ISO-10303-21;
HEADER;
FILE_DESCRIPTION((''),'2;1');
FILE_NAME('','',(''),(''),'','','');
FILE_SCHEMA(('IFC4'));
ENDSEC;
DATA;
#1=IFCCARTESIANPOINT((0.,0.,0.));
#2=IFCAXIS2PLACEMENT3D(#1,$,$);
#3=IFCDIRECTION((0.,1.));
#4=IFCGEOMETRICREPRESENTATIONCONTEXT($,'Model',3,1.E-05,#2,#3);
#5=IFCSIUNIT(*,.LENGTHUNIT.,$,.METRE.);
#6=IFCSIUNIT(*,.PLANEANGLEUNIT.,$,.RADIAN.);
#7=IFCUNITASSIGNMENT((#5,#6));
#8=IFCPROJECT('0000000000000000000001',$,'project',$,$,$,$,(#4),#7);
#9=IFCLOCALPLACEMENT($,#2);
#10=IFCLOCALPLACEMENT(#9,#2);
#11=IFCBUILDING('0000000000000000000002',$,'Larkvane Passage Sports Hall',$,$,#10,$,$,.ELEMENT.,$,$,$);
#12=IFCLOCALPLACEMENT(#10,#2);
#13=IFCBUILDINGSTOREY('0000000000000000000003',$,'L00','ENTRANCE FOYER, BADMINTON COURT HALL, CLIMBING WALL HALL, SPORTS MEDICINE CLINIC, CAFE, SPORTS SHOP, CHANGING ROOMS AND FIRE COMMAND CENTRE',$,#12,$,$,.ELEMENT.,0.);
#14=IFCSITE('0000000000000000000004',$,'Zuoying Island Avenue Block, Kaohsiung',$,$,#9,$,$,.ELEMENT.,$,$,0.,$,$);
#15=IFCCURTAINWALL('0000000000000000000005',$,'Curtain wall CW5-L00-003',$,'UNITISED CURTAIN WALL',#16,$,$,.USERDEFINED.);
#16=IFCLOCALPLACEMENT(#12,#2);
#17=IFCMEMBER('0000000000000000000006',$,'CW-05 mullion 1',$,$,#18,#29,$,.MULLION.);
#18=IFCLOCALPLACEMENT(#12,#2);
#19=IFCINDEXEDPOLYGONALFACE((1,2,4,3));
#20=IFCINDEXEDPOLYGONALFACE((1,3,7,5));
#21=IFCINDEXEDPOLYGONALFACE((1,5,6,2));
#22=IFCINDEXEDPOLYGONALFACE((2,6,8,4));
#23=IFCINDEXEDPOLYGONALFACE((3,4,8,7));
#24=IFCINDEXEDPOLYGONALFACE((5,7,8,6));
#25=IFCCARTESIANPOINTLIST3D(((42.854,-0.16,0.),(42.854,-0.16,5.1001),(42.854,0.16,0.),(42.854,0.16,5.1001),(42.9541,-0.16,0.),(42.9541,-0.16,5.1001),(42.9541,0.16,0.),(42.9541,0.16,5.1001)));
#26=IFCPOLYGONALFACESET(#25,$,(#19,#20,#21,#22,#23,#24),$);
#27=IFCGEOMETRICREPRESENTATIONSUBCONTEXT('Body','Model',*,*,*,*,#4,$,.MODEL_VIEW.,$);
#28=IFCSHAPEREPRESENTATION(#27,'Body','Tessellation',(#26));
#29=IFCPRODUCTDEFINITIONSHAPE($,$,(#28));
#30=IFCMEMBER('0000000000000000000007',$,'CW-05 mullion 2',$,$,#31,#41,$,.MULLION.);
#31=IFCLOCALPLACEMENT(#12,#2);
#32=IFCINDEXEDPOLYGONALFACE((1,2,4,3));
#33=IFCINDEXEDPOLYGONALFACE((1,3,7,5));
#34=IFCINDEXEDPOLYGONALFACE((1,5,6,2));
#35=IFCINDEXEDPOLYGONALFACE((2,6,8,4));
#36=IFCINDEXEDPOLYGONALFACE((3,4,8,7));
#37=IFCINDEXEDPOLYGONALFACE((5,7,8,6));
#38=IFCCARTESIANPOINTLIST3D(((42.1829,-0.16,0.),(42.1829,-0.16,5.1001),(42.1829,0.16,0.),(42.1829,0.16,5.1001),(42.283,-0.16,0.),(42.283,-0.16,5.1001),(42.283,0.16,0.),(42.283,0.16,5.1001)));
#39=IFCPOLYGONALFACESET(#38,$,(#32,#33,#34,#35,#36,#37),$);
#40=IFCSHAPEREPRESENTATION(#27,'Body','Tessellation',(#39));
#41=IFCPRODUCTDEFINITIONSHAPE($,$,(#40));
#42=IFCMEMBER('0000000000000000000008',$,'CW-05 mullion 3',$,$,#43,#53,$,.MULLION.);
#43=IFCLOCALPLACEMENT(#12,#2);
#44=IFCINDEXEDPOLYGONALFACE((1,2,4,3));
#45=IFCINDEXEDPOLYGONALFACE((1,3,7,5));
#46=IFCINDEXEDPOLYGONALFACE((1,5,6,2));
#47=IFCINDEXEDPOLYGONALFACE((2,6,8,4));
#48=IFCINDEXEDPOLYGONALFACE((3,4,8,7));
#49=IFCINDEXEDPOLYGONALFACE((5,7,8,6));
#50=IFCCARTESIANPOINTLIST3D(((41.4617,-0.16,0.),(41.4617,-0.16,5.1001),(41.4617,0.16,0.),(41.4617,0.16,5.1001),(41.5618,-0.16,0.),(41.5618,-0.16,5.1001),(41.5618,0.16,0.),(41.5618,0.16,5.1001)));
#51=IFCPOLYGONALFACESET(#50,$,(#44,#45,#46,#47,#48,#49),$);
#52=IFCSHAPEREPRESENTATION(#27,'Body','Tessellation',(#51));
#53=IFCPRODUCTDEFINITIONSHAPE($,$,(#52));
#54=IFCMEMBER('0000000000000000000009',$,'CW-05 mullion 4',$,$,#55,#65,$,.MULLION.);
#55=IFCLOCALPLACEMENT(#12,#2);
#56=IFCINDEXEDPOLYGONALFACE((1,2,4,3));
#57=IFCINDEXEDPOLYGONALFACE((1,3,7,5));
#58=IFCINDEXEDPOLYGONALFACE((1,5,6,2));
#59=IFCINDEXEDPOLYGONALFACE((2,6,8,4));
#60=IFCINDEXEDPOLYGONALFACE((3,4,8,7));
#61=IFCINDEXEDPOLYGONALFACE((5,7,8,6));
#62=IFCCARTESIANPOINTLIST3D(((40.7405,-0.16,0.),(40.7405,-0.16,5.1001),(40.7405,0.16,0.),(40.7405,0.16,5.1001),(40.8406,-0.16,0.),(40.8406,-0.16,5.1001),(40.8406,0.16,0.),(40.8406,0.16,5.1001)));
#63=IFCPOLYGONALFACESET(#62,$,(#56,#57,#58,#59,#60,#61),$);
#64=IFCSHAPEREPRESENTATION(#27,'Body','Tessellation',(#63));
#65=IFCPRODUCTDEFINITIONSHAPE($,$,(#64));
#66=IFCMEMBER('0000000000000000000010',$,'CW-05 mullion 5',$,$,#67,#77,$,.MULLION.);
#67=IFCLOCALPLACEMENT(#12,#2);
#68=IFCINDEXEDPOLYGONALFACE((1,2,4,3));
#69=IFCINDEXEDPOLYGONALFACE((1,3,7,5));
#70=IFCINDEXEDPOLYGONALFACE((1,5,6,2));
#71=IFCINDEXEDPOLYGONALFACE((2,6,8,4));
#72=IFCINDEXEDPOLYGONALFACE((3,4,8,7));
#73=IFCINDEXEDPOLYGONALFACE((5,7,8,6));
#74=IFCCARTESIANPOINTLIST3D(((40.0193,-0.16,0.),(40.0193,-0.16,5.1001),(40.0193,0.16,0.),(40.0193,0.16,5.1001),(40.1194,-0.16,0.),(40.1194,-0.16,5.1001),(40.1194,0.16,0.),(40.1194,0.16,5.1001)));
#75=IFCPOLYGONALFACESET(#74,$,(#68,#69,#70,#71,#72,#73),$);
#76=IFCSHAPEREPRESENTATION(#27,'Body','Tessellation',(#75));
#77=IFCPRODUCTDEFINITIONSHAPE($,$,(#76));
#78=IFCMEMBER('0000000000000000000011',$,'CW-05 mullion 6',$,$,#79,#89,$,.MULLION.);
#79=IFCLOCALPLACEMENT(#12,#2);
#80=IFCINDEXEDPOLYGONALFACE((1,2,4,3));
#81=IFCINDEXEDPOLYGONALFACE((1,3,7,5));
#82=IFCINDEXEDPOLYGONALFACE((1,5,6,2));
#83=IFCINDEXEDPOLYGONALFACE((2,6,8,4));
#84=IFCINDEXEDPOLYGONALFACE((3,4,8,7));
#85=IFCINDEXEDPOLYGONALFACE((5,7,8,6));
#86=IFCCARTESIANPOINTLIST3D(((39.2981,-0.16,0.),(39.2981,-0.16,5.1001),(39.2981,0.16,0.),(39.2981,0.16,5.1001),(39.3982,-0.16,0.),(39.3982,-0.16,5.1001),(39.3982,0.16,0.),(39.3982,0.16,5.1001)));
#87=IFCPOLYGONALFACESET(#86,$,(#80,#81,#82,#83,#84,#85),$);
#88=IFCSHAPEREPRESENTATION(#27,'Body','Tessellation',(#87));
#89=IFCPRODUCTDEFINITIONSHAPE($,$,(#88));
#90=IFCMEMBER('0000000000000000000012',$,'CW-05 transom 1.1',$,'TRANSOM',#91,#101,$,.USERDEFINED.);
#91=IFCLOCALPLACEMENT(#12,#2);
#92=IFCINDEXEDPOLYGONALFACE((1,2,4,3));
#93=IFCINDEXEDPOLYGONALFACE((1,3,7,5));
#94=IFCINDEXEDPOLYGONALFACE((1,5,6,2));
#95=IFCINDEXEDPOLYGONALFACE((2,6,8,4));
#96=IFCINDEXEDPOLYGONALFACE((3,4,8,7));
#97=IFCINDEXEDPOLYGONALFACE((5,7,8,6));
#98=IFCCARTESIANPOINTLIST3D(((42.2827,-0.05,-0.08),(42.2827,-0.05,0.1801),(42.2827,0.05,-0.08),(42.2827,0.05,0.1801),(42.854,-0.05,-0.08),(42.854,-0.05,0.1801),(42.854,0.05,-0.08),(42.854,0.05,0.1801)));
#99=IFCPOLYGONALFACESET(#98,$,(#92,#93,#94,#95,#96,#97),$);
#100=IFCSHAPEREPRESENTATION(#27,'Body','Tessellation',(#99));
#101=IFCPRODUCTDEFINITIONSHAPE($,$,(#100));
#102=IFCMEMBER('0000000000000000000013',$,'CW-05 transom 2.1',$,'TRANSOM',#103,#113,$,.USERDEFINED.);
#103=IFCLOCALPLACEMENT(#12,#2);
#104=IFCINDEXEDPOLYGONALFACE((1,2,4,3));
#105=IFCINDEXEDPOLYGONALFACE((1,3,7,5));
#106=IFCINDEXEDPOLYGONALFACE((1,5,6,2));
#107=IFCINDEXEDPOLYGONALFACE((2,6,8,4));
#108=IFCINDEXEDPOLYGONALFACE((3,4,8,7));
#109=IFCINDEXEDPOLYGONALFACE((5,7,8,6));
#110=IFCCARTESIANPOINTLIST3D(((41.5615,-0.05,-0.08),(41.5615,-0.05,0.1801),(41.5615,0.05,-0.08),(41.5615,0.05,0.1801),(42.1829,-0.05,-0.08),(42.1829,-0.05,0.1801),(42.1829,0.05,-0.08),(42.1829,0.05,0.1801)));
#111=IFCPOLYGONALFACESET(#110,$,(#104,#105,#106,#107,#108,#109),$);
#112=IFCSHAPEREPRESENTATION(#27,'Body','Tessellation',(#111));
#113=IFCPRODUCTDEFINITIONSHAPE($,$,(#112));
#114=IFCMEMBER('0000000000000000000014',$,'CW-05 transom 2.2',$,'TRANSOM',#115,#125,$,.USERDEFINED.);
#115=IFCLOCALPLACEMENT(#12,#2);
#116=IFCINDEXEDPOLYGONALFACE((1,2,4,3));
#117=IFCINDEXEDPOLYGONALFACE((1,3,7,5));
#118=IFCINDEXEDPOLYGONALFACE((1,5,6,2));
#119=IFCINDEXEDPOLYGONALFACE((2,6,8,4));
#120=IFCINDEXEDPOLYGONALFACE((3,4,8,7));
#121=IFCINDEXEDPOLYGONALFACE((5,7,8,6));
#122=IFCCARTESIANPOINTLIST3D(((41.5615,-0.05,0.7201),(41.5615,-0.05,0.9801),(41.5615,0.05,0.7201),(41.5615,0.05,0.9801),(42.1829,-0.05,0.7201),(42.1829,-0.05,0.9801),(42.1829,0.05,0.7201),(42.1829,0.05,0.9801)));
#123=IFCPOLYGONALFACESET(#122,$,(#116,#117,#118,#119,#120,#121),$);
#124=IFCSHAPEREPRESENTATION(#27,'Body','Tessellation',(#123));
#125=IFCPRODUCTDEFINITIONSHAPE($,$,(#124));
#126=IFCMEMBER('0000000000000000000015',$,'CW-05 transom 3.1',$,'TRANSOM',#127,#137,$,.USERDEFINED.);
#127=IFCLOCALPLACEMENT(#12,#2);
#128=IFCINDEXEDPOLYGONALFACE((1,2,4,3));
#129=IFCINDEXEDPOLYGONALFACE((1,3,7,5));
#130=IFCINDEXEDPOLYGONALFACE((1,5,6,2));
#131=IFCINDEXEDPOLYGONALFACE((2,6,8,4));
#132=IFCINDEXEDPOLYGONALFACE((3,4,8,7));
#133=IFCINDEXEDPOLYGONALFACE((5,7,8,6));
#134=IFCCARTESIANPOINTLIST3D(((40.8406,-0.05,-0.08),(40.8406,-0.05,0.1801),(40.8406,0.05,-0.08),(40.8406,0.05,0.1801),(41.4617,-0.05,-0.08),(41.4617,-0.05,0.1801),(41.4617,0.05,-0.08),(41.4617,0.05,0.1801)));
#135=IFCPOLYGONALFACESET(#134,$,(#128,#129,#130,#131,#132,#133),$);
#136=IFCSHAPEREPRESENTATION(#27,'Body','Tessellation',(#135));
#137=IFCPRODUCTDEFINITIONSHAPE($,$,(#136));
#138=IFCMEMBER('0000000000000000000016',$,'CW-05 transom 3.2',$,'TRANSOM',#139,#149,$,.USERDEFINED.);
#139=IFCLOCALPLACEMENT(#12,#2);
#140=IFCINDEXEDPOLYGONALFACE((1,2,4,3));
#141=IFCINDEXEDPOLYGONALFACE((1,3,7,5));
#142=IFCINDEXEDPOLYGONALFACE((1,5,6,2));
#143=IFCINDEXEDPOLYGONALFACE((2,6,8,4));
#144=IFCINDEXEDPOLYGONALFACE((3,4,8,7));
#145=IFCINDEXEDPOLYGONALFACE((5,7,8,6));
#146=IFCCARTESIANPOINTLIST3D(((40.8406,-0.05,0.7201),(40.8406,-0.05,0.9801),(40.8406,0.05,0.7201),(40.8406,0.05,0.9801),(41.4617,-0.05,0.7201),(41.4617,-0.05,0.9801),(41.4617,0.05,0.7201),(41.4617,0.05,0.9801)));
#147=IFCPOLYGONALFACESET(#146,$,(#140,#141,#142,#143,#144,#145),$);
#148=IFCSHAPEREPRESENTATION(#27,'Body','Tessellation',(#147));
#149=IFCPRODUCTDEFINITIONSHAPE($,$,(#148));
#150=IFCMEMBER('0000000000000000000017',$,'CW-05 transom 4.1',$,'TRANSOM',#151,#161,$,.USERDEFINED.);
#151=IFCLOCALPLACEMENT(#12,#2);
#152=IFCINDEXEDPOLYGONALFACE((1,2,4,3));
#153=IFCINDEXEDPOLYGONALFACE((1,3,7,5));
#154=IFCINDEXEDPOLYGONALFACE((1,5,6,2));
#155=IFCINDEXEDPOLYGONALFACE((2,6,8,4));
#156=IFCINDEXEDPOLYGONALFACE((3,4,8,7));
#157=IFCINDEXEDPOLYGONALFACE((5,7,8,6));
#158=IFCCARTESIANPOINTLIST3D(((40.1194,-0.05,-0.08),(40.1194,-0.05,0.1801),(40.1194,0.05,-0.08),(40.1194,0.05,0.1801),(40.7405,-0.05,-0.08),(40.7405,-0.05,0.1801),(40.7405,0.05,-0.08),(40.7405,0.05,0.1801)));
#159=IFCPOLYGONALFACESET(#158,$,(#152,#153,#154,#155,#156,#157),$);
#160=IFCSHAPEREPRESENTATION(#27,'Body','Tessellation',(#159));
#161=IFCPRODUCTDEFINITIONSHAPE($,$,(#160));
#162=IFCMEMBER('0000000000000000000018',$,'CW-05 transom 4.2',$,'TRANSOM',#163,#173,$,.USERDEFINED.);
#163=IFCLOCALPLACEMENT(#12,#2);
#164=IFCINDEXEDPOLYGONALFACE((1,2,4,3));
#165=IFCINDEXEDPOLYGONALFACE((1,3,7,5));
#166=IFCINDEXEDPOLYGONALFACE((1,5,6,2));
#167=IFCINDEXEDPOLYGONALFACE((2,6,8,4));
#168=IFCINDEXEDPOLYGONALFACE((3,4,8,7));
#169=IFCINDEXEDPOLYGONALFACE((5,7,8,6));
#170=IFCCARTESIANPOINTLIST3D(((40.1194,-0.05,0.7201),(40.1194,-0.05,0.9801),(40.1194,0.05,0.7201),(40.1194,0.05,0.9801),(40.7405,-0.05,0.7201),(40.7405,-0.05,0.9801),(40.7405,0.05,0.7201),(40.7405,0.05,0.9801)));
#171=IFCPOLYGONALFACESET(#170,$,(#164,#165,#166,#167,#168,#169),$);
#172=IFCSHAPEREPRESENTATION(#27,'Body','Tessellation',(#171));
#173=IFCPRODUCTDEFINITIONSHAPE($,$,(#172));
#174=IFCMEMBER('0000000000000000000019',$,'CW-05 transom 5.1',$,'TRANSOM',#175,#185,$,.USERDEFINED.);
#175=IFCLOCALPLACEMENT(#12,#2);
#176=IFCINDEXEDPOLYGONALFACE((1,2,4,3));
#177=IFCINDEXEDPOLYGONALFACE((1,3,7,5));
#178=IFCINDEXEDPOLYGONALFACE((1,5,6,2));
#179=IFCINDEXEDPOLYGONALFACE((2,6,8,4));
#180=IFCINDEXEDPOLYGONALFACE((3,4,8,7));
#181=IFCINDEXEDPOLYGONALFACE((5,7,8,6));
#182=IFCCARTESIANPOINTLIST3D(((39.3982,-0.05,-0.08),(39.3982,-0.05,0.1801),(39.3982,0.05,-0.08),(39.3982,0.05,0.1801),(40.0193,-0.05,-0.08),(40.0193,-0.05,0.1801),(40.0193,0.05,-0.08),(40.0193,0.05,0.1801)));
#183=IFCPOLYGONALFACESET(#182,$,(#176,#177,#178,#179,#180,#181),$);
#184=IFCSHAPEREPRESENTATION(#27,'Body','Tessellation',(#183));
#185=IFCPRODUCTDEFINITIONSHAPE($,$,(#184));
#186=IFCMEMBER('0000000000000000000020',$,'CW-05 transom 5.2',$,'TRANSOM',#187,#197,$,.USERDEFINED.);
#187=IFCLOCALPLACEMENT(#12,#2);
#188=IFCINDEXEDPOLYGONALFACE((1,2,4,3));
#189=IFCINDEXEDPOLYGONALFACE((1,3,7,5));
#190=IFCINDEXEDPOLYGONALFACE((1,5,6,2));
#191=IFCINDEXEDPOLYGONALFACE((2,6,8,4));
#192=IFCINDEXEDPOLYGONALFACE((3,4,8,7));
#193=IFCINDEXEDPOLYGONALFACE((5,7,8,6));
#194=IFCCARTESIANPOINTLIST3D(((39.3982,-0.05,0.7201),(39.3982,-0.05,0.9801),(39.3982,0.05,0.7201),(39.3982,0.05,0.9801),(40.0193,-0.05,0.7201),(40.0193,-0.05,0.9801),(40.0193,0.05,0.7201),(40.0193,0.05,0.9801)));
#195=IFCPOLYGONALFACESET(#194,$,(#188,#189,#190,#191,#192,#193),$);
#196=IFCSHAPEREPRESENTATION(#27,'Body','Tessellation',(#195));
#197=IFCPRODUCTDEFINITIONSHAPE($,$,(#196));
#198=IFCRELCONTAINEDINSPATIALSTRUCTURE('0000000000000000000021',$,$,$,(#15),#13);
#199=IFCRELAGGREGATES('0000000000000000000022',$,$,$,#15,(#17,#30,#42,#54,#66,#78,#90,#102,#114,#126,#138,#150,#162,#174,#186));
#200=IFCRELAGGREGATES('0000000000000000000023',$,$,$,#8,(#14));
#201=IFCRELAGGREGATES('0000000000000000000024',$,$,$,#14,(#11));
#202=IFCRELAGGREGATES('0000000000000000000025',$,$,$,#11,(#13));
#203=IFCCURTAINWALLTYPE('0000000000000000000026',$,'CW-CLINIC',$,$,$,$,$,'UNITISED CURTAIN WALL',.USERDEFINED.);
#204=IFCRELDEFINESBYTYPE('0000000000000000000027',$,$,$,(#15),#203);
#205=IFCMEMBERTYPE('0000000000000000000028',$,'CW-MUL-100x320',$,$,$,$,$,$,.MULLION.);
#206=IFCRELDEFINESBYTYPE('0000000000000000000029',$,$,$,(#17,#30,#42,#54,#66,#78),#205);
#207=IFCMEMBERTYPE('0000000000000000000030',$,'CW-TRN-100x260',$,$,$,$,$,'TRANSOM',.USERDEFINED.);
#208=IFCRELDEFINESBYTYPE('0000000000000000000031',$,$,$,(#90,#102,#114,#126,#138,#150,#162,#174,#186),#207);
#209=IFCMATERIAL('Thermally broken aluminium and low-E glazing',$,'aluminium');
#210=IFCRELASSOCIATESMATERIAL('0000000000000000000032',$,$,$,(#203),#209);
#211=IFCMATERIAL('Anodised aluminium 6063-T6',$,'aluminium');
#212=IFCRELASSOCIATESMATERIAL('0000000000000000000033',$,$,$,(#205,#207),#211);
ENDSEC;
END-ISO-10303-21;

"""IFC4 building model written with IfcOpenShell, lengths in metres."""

from ifc_helpers import new_model, si_unit, direction, frame, origin, origin_2d, place, context, subcontext, project, spatial, rectangle, extrude, material, material_profile, profile_set, type_object, element, aggregate, save


model = new_model("IFC4")

# Units and contexts
model_context = context("Model", 3, precision=1e-05, world=origin(), true_north=direction((0.0, 1.0)))
body_context = subcontext(model_context, "Body", "Model", "MODEL_VIEW")
ifc_project = project(units=[si_unit("LENGTHUNIT", "METRE"), si_unit("PLANEANGLEUNIT", "RADIAN")], contexts=[model_context])

# Site, building, storey
site_placement = place(None, origin())
site = spatial("IfcSite", under=ifc_project, at=site_placement, Name="Zuoying Island Avenue Block, Kaohsiung", CompositionType="ELEMENT", RefElevation=0.0)
building_placement = place(site_placement, origin())
building = spatial("IfcBuilding", under=site, at=building_placement, Name="Larkvane Passage Sports Hall", CompositionType="ELEMENT")
storey_placement = place(building_placement, origin())
storey = spatial("IfcBuildingStorey", under=building, at=storey_placement, Name="L00", Description="ENTRANCE FOYER, BADMINTON COURT HALL, CLIMBING WALL HALL, SPORTS MEDICINE CLINIC, CAFE, SPORTS SHOP, CHANGING ROOMS AND FIRE COMMAND CENTRE", CompositionType="ELEMENT", Elevation=0.0)

# Curtain wall, members
ifc_material_1 = material(Name="Thermally broken aluminium and low-E glazing", Category="aluminium")
curtain_wall_type = type_object("IfcCurtainWallType", Name="CW-CLINIC", ElementType="UNITISED CURTAIN WALL", PredefinedType="USERDEFINED", material=ifc_material_1)
curtain_wall_placement = place(storey_placement, origin())
curtain_wall = element("IfcCurtainWall", 1, at=curtain_wall_placement, inside=storey, type_object=curtain_wall_type, Name="Curtain wall CW5-L00-003", ObjectType="UNITISED CURTAIN WALL", PredefinedType="USERDEFINED")
ifc_material_2 = material(Name="Anodised aluminium 6063-T6", Category="aluminium")
ifc_material_profile_1 = material_profile(ifc_material_2, rectangle(XDim=0.1001, YDim=0.3201, at=origin_2d()), Name="ALU-MUL-100x320")
ifc_profile_set_1 = profile_set([ifc_material_profile_1], Name="Anodised aluminium 6063-T6")
member_type_1 = type_object("IfcMemberType", Name="CW-MUL-100x320", PredefinedType="MULLION", material=ifc_profile_set_1)
member_1_placement = place(storey_placement, frame((42.9041, 0.0, 0.0), z_axis=(0.0, 0.0, 1.0), x_axis=(-1.0, 0.0, 0.0)))
member_1 = element("IfcMember", 2, at=member_1_placement, type_object=member_type_1, Name="CW-05 mullion 1", PredefinedType="MULLION", context=body_context, shape_type="SweptSolid", body=[
    extrude(rectangle(XDim=0.1001, YDim=0.3201, at=origin_2d()), origin(), (0.0, 0.0, 1.0), 5.1001),
])
member_2_placement = place(storey_placement, frame((42.2329, 0.0, 0.0), z_axis=(0.0, 0.0, 1.0), x_axis=(-1.0, 0.0, 0.0)))
member_2 = element("IfcMember", 3, at=member_2_placement, type_object=member_type_1, Name="CW-05 mullion 2", PredefinedType="MULLION", context=body_context, shape_type="SweptSolid", body=[
    extrude(rectangle(XDim=0.1001, YDim=0.3201, at=origin_2d()), origin(), (0.0, 0.0, 1.0), 5.1001),
])
member_3_placement = place(storey_placement, frame((41.5117, 0.0, 0.0), z_axis=(0.0, 0.0, 1.0), x_axis=(-1.0, 0.0, 0.0)))
member_3 = element("IfcMember", 4, at=member_3_placement, type_object=member_type_1, Name="CW-05 mullion 3", PredefinedType="MULLION", context=body_context, shape_type="SweptSolid", body=[
    extrude(rectangle(XDim=0.1001, YDim=0.3201, at=origin_2d()), origin(), (0.0, 0.0, 1.0), 5.1001),
])
member_4_placement = place(storey_placement, frame((40.7905, 0.0, 0.0), z_axis=(0.0, 0.0, 1.0), x_axis=(-1.0, 0.0, 0.0)))
member_4 = element("IfcMember", 5, at=member_4_placement, type_object=member_type_1, Name="CW-05 mullion 4", PredefinedType="MULLION", context=body_context, shape_type="SweptSolid", body=[
    extrude(rectangle(XDim=0.1001, YDim=0.3201, at=origin_2d()), origin(), (0.0, 0.0, 1.0), 5.1001),
])
member_5_placement = place(storey_placement, frame((40.0693, 0.0, 0.0), z_axis=(0.0, 0.0, 1.0), x_axis=(-1.0, 0.0, 0.0)))
member_5 = element("IfcMember", 6, at=member_5_placement, type_object=member_type_1, Name="CW-05 mullion 5", PredefinedType="MULLION", context=body_context, shape_type="SweptSolid", body=[
    extrude(rectangle(XDim=0.1001, YDim=0.3201, at=origin_2d()), origin(), (0.0, 0.0, 1.0), 5.1001),
])
member_6_placement = place(storey_placement, frame((39.3481, 0.0, 0.0), z_axis=(0.0, 0.0, 1.0), x_axis=(-1.0, 0.0, 0.0)))
member_6 = element("IfcMember", 7, at=member_6_placement, type_object=member_type_1, Name="CW-05 mullion 6", PredefinedType="MULLION", context=body_context, shape_type="SweptSolid", body=[
    extrude(rectangle(XDim=0.1001, YDim=0.3201, at=origin_2d()), origin(), (0.0, 0.0, 1.0), 5.1001),
])
ifc_material_profile_2 = material_profile(ifc_material_2, rectangle(XDim=0.1001, YDim=0.26, at=origin_2d()), Name="ALU-TRN-100x260")
ifc_profile_set_2 = profile_set([ifc_material_profile_2], Name="Anodised aluminium 6063-T6")
member_type_2 = type_object("IfcMemberType", Name="CW-TRN-100x260", ElementType="TRANSOM", PredefinedType="USERDEFINED", material=ifc_profile_set_2)
member_7_placement = place(storey_placement, frame((42.854, 0.0, 0.05), z_axis=(-1.0, 0.0, 0.0), x_axis=(0.0, -1.0, 0.0)))
member_7 = element("IfcMember", 8, at=member_7_placement, type_object=member_type_2, Name="CW-05 transom 1.1", ObjectType="TRANSOM", PredefinedType="USERDEFINED", context=body_context, shape_type="SweptSolid", body=[
    extrude(rectangle(XDim=0.1001, YDim=0.26, at=origin_2d()), origin(), (0.0, 0.0, 1.0), 0.5713),
])
member_8_placement = place(storey_placement, frame((42.1829, 0.0, 0.05), z_axis=(-1.0, 0.0, 0.0), x_axis=(0.0, -1.0, 0.0)))
member_8 = element("IfcMember", 9, at=member_8_placement, type_object=member_type_2, Name="CW-05 transom 2.1", ObjectType="TRANSOM", PredefinedType="USERDEFINED", context=body_context, shape_type="SweptSolid", body=[
    extrude(rectangle(XDim=0.1001, YDim=0.26, at=origin_2d()), origin(), (0.0, 0.0, 1.0), 0.6213),
])
member_9_placement = place(storey_placement, frame((42.1829, 0.0, 0.8501), z_axis=(-1.0, 0.0, 0.0), x_axis=(0.0, -1.0, 0.0)))
member_9 = element("IfcMember", 10, at=member_9_placement, type_object=member_type_2, Name="CW-05 transom 2.2", ObjectType="TRANSOM", PredefinedType="USERDEFINED", context=body_context, shape_type="SweptSolid", body=[
    extrude(rectangle(XDim=0.1001, YDim=0.26, at=origin_2d()), origin(), (0.0, 0.0, 1.0), 0.6213),
])
member_10_placement = place(storey_placement, frame((41.4617, 0.0, 0.05), z_axis=(-1.0, 0.0, 0.0), x_axis=(0.0, -1.0, 0.0)))
member_10 = element("IfcMember", 11, at=member_10_placement, type_object=member_type_2, Name="CW-05 transom 3.1", ObjectType="TRANSOM", PredefinedType="USERDEFINED", context=body_context, shape_type="SweptSolid", body=[
    extrude(rectangle(XDim=0.1001, YDim=0.26, at=origin_2d()), origin(), (0.0, 0.0, 1.0), 0.6211),
])
member_11_placement = place(storey_placement, frame((41.4617, 0.0, 0.8501), z_axis=(-1.0, 0.0, 0.0), x_axis=(0.0, -1.0, 0.0)))
member_11 = element("IfcMember", 12, at=member_11_placement, type_object=member_type_2, Name="CW-05 transom 3.2", ObjectType="TRANSOM", PredefinedType="USERDEFINED", context=body_context, shape_type="SweptSolid", body=[
    extrude(rectangle(XDim=0.1001, YDim=0.26, at=origin_2d()), origin(), (0.0, 0.0, 1.0), 0.6211),
])
member_12_placement = place(storey_placement, frame((40.7405, 0.0, 0.05), z_axis=(-1.0, 0.0, 0.0), x_axis=(0.0, -1.0, 0.0)))
member_12 = element("IfcMember", 13, at=member_12_placement, type_object=member_type_2, Name="CW-05 transom 4.1", ObjectType="TRANSOM", PredefinedType="USERDEFINED", context=body_context, shape_type="SweptSolid", body=[
    extrude(rectangle(XDim=0.1001, YDim=0.26, at=origin_2d()), origin(), (0.0, 0.0, 1.0), 0.6211),
])
member_13_placement = place(storey_placement, frame((40.7405, 0.0, 0.8501), z_axis=(-1.0, 0.0, 0.0), x_axis=(0.0, -1.0, 0.0)))
member_13 = element("IfcMember", 14, at=member_13_placement, type_object=member_type_2, Name="CW-05 transom 4.2", ObjectType="TRANSOM", PredefinedType="USERDEFINED", context=body_context, shape_type="SweptSolid", body=[
    extrude(rectangle(XDim=0.1001, YDim=0.26, at=origin_2d()), origin(), (0.0, 0.0, 1.0), 0.6211),
])
member_14_placement = place(storey_placement, frame((40.0193, 0.0, 0.05), z_axis=(-1.0, 0.0, 0.0), x_axis=(0.0, -1.0, 0.0)))
member_14 = element("IfcMember", 15, at=member_14_placement, type_object=member_type_2, Name="CW-05 transom 5.1", ObjectType="TRANSOM", PredefinedType="USERDEFINED", context=body_context, shape_type="SweptSolid", body=[
    extrude(rectangle(XDim=0.1001, YDim=0.26, at=origin_2d()), origin(), (0.0, 0.0, 1.0), 0.6211),
])
member_15_placement = place(storey_placement, frame((40.0193, 0.0, 0.8501), z_axis=(-1.0, 0.0, 0.0), x_axis=(0.0, -1.0, 0.0)))
member_15 = element("IfcMember", 16, at=member_15_placement, type_object=member_type_2, Name="CW-05 transom 5.2", ObjectType="TRANSOM", PredefinedType="USERDEFINED", context=body_context, shape_type="SweptSolid", body=[
    extrude(rectangle(XDim=0.1001, YDim=0.26, at=origin_2d()), origin(), (0.0, 0.0, 1.0), 0.6211),
])
aggregate(curtain_wall, [member_1, member_2, member_3, member_4, member_5, member_6, member_7, member_8, member_9, member_10, member_11, member_12, member_13, member_14, member_15])

save(model, "model.ifc")
